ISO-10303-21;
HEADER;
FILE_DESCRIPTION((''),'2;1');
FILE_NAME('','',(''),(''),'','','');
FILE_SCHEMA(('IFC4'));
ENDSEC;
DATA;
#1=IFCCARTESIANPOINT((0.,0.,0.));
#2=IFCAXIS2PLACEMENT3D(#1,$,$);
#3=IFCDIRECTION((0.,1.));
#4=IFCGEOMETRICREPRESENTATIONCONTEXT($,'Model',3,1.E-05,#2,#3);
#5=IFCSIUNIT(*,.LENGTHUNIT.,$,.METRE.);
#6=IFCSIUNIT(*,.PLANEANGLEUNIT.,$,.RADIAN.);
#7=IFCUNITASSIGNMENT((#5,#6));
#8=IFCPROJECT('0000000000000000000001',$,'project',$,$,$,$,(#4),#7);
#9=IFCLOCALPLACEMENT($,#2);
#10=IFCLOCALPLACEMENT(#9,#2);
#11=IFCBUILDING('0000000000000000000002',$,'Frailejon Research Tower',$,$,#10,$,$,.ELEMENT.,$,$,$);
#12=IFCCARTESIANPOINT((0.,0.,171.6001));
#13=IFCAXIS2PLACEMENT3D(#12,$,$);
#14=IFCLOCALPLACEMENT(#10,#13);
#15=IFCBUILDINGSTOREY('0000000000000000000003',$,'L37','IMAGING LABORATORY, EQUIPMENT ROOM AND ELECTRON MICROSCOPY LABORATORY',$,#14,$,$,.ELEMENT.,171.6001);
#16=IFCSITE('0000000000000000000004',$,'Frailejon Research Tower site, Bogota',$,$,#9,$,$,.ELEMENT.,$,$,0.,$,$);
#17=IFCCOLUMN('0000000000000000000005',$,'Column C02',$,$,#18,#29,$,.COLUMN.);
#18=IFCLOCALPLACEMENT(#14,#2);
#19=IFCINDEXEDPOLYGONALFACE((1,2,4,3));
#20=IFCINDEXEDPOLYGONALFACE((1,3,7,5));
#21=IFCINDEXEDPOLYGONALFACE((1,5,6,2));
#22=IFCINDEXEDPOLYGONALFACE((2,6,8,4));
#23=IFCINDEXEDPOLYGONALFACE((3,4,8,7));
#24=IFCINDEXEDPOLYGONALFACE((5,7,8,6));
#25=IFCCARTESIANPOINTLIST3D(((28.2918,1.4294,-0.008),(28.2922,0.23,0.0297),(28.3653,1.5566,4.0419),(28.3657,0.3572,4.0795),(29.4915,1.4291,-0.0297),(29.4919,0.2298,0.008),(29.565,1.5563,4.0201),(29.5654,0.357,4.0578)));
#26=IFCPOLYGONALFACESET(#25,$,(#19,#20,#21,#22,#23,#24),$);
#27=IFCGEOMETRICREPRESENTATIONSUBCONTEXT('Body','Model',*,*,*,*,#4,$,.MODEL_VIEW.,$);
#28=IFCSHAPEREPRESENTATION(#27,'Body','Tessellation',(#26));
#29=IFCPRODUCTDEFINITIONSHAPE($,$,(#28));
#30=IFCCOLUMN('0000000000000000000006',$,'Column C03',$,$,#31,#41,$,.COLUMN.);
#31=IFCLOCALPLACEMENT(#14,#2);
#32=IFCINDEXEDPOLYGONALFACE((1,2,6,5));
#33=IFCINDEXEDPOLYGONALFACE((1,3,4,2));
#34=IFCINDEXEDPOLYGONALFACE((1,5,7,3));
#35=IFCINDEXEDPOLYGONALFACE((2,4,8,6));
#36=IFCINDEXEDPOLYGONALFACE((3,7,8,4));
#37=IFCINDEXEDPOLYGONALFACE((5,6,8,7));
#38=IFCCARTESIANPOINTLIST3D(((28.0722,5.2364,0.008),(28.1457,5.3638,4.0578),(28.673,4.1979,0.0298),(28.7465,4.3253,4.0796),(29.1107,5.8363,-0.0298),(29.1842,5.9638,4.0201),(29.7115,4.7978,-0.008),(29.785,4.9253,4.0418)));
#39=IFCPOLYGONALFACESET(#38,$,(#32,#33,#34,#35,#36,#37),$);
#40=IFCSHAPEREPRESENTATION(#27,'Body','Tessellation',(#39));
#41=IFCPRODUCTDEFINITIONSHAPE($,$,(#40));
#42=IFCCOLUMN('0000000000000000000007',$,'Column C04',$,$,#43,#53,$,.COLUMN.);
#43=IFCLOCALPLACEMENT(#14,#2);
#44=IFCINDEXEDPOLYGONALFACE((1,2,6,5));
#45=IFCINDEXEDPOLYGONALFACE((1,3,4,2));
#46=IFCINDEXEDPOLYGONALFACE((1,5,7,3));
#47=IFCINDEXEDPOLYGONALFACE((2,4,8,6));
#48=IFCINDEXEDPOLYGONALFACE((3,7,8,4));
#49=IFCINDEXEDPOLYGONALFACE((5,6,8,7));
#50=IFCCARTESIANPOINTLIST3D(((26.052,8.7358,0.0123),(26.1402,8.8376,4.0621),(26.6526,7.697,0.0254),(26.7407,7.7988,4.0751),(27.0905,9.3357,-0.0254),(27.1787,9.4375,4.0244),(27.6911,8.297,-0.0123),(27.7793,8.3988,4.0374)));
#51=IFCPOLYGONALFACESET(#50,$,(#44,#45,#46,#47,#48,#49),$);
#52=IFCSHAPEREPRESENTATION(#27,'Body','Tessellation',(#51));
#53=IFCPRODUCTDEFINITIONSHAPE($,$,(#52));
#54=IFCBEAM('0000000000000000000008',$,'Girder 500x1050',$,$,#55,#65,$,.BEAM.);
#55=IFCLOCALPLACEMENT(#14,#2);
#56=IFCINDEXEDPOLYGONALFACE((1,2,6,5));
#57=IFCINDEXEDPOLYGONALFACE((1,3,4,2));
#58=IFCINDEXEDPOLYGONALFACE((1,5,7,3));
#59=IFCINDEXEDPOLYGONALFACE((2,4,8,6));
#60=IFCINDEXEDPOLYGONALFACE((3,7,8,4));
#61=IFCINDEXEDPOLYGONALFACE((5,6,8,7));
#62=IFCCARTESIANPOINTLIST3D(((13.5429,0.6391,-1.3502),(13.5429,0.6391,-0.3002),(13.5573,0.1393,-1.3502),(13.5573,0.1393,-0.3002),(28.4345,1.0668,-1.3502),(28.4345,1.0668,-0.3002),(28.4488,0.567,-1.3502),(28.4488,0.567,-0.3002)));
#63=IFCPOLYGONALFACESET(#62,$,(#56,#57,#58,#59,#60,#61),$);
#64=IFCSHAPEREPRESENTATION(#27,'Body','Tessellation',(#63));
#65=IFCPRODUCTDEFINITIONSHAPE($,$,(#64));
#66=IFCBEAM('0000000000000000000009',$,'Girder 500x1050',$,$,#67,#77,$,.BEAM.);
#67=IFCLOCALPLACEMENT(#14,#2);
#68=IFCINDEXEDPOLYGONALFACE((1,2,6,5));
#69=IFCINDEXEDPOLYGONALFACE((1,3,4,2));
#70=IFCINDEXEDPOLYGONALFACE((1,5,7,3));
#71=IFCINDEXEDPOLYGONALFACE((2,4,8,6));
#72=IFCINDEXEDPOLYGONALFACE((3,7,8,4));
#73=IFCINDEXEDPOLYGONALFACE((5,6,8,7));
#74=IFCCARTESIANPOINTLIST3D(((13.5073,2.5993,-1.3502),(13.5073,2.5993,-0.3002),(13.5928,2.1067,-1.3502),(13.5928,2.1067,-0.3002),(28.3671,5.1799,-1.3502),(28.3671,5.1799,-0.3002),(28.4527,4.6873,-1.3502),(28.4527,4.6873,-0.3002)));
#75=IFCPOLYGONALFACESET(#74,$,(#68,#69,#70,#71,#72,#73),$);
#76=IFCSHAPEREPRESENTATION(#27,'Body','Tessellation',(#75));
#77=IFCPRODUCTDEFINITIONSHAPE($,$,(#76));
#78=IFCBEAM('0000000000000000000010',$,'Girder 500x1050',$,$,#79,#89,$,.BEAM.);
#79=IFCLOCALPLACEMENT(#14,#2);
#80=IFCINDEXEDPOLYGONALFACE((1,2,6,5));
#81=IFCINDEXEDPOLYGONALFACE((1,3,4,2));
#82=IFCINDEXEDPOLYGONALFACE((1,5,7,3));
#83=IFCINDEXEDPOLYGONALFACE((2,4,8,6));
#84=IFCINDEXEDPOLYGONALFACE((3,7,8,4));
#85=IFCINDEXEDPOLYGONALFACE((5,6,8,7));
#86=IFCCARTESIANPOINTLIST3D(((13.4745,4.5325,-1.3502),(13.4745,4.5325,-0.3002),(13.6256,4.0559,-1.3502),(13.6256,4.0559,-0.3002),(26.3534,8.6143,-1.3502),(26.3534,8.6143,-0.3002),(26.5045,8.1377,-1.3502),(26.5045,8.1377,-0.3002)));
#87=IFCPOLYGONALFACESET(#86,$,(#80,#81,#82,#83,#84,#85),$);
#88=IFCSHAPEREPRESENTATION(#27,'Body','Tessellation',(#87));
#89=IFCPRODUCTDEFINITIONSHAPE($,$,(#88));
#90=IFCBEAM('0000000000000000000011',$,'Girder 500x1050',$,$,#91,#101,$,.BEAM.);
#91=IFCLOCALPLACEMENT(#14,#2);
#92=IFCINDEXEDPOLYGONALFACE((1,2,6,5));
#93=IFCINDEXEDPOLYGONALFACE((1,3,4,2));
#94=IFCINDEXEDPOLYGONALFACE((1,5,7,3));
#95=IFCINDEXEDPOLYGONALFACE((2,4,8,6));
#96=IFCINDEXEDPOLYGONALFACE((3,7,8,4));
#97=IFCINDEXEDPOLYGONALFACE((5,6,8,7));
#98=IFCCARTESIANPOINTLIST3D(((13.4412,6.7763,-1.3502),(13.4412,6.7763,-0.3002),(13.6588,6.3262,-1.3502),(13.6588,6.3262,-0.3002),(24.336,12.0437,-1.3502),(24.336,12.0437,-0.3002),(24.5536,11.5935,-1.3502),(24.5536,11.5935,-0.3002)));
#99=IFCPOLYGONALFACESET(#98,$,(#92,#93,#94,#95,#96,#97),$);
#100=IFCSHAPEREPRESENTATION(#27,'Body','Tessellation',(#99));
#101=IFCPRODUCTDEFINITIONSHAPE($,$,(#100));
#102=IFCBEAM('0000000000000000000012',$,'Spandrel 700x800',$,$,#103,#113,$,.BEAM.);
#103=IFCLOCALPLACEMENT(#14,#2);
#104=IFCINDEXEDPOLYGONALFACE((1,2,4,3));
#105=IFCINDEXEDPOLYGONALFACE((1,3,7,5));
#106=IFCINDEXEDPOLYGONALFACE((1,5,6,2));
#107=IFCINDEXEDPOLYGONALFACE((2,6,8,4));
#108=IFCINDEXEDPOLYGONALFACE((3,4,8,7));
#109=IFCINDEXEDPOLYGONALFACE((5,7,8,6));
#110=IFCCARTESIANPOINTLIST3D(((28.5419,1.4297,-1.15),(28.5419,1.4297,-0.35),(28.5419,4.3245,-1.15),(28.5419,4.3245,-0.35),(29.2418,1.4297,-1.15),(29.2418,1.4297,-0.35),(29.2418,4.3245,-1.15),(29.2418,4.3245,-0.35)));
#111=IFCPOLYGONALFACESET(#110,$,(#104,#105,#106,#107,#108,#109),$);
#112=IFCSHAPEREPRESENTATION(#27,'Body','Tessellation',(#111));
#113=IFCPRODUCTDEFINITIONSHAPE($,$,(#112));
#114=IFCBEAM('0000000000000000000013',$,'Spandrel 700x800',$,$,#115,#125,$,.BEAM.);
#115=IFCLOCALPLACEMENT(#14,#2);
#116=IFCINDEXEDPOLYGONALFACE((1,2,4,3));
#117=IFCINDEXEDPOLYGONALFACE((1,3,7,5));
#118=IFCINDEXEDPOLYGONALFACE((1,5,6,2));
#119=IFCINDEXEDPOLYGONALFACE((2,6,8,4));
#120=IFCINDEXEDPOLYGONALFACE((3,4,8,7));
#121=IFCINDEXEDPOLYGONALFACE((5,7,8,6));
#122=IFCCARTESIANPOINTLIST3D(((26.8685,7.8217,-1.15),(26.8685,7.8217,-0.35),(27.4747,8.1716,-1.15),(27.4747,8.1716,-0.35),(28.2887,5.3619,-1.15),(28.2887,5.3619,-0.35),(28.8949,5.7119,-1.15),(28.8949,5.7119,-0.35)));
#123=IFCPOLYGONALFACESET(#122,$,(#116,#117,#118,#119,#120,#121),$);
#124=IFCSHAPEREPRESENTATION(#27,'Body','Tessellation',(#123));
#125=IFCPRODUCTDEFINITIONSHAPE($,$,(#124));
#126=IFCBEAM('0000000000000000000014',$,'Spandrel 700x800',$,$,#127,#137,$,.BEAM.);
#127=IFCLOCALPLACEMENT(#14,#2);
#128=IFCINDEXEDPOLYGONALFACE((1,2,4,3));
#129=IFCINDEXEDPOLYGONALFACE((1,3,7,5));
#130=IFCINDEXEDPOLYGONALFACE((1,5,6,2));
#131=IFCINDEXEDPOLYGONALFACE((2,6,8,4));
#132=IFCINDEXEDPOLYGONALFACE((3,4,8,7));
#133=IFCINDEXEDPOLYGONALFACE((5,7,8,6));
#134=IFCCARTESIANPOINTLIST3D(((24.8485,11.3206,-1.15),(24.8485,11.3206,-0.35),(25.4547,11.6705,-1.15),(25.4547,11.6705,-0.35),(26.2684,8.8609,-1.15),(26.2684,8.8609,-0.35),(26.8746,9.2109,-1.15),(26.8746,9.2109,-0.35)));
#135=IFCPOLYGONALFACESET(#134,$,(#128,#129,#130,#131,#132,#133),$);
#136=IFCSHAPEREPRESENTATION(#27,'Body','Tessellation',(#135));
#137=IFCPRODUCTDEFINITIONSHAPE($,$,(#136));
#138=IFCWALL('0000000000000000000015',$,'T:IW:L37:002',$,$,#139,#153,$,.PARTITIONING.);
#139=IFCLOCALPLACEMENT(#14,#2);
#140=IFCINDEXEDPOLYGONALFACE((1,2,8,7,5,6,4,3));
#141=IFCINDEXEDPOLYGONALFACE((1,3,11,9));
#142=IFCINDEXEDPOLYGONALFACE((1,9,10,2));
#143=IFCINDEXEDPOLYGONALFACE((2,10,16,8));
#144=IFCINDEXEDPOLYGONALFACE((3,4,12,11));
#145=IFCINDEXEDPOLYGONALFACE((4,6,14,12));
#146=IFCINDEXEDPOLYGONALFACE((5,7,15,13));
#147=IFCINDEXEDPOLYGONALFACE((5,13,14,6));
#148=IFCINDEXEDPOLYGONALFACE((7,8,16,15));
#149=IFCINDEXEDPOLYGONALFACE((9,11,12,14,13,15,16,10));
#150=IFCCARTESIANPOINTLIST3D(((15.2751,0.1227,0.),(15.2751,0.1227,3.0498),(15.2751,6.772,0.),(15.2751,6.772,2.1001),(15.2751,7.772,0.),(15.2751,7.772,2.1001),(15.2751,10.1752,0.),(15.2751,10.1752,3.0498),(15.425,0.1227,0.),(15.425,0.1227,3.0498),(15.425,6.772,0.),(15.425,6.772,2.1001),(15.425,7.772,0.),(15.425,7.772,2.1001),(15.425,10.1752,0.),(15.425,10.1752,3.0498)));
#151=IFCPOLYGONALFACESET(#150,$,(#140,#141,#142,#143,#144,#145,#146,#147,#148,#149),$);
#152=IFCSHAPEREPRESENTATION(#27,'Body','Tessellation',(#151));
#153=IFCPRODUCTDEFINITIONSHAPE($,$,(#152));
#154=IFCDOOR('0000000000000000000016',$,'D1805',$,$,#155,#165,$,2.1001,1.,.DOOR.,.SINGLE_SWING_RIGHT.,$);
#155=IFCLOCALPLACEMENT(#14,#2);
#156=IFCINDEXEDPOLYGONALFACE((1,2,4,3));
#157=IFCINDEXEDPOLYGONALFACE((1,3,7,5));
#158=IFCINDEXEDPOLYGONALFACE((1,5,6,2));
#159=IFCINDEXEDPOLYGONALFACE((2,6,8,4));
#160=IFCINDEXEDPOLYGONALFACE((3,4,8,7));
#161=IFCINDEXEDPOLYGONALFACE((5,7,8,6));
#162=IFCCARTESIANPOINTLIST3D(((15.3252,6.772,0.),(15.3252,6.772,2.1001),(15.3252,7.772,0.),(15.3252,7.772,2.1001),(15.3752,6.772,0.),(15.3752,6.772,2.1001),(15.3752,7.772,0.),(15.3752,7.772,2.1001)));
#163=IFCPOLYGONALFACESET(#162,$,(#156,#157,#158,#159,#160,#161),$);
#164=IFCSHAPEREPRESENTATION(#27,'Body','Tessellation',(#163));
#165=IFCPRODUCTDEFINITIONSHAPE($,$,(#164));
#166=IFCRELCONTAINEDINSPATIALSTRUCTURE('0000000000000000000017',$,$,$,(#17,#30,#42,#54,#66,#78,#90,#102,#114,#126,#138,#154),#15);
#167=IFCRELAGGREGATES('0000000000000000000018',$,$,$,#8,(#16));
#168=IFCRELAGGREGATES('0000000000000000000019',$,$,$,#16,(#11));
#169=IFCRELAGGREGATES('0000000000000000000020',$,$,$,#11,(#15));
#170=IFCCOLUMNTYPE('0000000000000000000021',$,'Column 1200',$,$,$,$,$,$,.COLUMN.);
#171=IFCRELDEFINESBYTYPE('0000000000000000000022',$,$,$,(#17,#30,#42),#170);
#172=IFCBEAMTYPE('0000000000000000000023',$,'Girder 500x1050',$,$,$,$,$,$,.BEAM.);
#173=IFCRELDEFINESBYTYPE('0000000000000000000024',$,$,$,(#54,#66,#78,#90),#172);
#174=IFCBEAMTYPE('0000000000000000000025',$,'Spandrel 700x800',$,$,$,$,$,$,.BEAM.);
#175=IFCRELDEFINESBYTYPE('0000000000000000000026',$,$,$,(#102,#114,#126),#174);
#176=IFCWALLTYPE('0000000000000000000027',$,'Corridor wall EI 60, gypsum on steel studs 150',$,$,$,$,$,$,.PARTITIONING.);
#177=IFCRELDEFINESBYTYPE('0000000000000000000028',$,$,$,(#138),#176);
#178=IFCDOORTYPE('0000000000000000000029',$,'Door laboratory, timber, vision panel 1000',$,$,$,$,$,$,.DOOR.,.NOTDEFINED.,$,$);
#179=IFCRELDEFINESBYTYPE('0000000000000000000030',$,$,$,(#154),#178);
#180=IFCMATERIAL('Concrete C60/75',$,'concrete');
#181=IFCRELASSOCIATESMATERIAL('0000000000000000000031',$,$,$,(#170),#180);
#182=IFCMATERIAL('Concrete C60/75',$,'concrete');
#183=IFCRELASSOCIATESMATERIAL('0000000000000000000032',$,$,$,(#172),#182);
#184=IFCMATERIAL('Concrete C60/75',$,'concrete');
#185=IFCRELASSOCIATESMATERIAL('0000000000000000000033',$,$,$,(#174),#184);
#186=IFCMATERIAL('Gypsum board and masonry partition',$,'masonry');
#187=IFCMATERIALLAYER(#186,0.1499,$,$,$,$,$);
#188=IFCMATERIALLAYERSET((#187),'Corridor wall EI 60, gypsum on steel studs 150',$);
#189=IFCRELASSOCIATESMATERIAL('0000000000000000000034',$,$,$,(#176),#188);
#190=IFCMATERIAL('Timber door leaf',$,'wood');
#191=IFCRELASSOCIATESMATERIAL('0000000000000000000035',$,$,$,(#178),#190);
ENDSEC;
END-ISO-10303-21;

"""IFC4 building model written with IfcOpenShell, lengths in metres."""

from ifc_helpers import new_model, si_unit, direction, frame, frame_2d, origin, origin_2d, place, context, subcontext, project, spatial, rectangle, extrude, material, layer, layer_set, material_profile, profile_set, type_object, element, fill, save


model = new_model("IFC4")

# Units and contexts
model_context = context("Model", 3, precision=1e-05, world=origin(), true_north=direction((0.0, 1.0)))
body_context = subcontext(model_context, "Body", "Model", "MODEL_VIEW")
ifc_project = project(units=[si_unit("LENGTHUNIT", "METRE"), si_unit("PLANEANGLEUNIT", "RADIAN")], contexts=[model_context])

# Site, building, storey
site_placement = place(None, origin())
site = spatial("IfcSite", under=ifc_project, at=site_placement, Name="Frailejon Research Tower site, Bogota", CompositionType="ELEMENT", RefElevation=0.0)
building_placement = place(site_placement, origin())
building = spatial("IfcBuilding", under=site, at=building_placement, Name="Frailejon Research Tower", CompositionType="ELEMENT")
storey_placement = place(building_placement, frame((0.0, 0.0, 171.6001)))
storey = spatial("IfcBuildingStorey", under=building, at=storey_placement, Name="L37", Description="IMAGING LABORATORY, EQUIPMENT ROOM AND ELECTRON MICROSCOPY LABORATORY", CompositionType="ELEMENT", Elevation=171.6001)

# Columns
ifc_material_1 = material(Name="Concrete C60/75", Category="concrete")
ifc_material_profile_1 = material_profile(ifc_material_1, rectangle(XDim=1.2, YDim=1.2, at=origin_2d()), Name="Column 1200")
ifc_profile_set_1 = profile_set([ifc_material_profile_1], Name="Concrete C60/75")
column_type = type_object("IfcColumnType", Name="Column 1200", PredefinedType="COLUMN", material=ifc_profile_set_1)
for number, where, z_axis, x_axis, name in (
    (1, (28.8918, 0.8296, 0.0), (0.018134, 0.031388, 0.999343), (-0.000336, 0.999507, -0.031387), "Column C02"),
    (2, (28.8918, 5.0171, 0.0), (0.018134, 0.031448, 0.999341), (-0.500658, 0.865455, -0.01815), "Column C03"),
):
    element("IfcColumn", number, at=place(storey_placement, frame(where, z_axis=z_axis, x_axis=x_axis)), inside=storey, type_object=column_type, Name=name, PredefinedType="COLUMN", context=body_context, shape_type="SweptSolid", body=[
        extrude(rectangle(XDim=1.2, YDim=1.2, at=origin_2d()), origin(), (0.0, 0.0, 1.0), 4.0525),
    ])
column_placement = place(storey_placement, frame((26.8716, 8.5164, 0.0), z_axis=(0.021751, 0.025125, 0.999448), x_axis=(-0.500502, 0.865667, -0.010869)))
element("IfcColumn", 3, at=column_placement, inside=storey, type_object=column_type, Name="Column C04", PredefinedType="COLUMN", context=body_context, shape_type="SweptSolid", body=[
    extrude(rectangle(XDim=1.2, YDim=1.2, at=origin_2d()), origin(), (0.0, 0.0, 1.0), 4.052),
])

# Beams
ifc_material_2 = material(Name="Concrete C60/75", Category="concrete")
ifc_material_profile_2 = material_profile(ifc_material_2, rectangle(XDim=0.5, YDim=1.05, at=origin_2d()), Name="Girder 500x1050")
ifc_profile_set_2 = profile_set([ifc_material_profile_2], Name="Concrete C60/75")
beam_type_1 = type_object("IfcBeamType", Name="Girder 500x1050", PredefinedType="BEAM", material=ifc_profile_set_2)
beam_1_placement = place(storey_placement, frame((28.4417, 0.8169, -0.8252), z_axis=(-0.999588, -0.028711, 0.0), x_axis=(0.028711, -0.999588, 0.0)))
element("IfcBeam", 4, at=beam_1_placement, inside=storey, type_object=beam_type_1, Name="Girder 500x1050", PredefinedType="BEAM", context=body_context, shape_type="SweptSolid", body=[
    extrude(rectangle(XDim=0.5, YDim=1.05, at=origin_2d()), origin(), (0.0, 0.0, 1.0), 14.8977),
])
beam_2_placement = place(storey_placement, frame((28.4099, 4.9336, -0.8252), z_axis=(-0.985254, -0.171099, 0.0), x_axis=(0.171099, -0.985254, 0.0)))
element("IfcBeam", 5, at=beam_2_placement, inside=storey, type_object=beam_type_1, Name="Girder 500x1050", PredefinedType="BEAM", context=body_context, shape_type="SweptSolid", body=[
    extrude(rectangle(XDim=0.5, YDim=1.05, at=origin_2d()), origin(), (0.0, 0.0, 1.0), 15.0823),
])
beam_3_placement = place(storey_placement, frame((26.429, 8.376, -0.8252), z_axis=(-0.953268, -0.302125, 0.0), x_axis=(0.302125, -0.953268, 0.0)))
element("IfcBeam", 6, at=beam_3_placement, inside=storey, type_object=beam_type_1, Name="Girder 500x1050", PredefinedType="BEAM", context=body_context, shape_type="SweptSolid", body=[
    extrude(rectangle(XDim=0.5, YDim=1.05, at=origin_2d()), origin(), (0.0, 0.0, 1.0), 13.5103),
])
beam_4_placement = place(storey_placement, frame((24.4448, 11.8186, -0.8252), z_axis=(-0.9003, -0.435271, 0.0), x_axis=(0.435271, -0.9003, 0.0)))
element("IfcBeam", 7, at=beam_4_placement, inside=storey, type_object=beam_type_1, Name="Girder 500x1050", PredefinedType="BEAM", context=body_context, shape_type="SweptSolid", body=[
    extrude(rectangle(XDim=0.5, YDim=1.05, at=origin_2d()), origin(), (0.0, 0.0, 1.0), 12.1013),
])
ifc_material_3 = material(Name="Concrete C60/75", Category="concrete")
ifc_material_profile_3 = material_profile(ifc_material_3, rectangle(XDim=0.7, YDim=0.8, at=origin_2d()), Name="Spandrel 700x800")
ifc_profile_set_3 = profile_set([ifc_material_profile_3], Name="Concrete C60/75")
beam_type_2 = type_object("IfcBeamType", Name="Spandrel 700x800", PredefinedType="BEAM", material=ifc_profile_set_3)
beam_5_placement = place(storey_placement, frame((28.8918, 1.4297, -0.75), z_axis=(0.0, 1.0, 0.0), x_axis=(-1.0, 0.0, 0.0)))
element("IfcBeam", 8, at=beam_5_placement, inside=storey, type_object=beam_type_2, Name="Spandrel 700x800", PredefinedType="BEAM", context=body_context, shape_type="SweptSolid", body=[
    extrude(rectangle(XDim=0.7, YDim=0.8, at=origin_2d()), origin(), (0.0, 0.0, 1.0), 2.8948),
])
beam_6_placement = place(storey_placement, frame((28.5918, 5.5369, -0.75), z_axis=(-0.500013, 0.866018, 0.0), x_axis=(-0.866018, -0.500013, 0.0)))
element("IfcBeam", 9, at=beam_6_placement, inside=storey, type_object=beam_type_2, Name="Spandrel 700x800", PredefinedType="BEAM", context=body_context, shape_type="SweptSolid", body=[
    extrude(rectangle(XDim=0.7, YDim=0.8, at=origin_2d()), origin(), (0.0, 0.0, 1.0), 2.8403),
])
beam_7_placement = place(storey_placement, frame((26.5715, 9.0359, -0.75), z_axis=(-0.499948, 0.866055, 0.0), x_axis=(-0.866055, -0.499948, 0.0)))
element("IfcBeam", 10, at=beam_7_placement, inside=storey, type_object=beam_type_2, Name="Spandrel 700x800", PredefinedType="BEAM", context=body_context, shape_type="SweptSolid", body=[
    extrude(rectangle(XDim=0.7, YDim=0.8, at=origin_2d()), origin(), (0.0, 0.0, 1.0), 2.8401),
])

# Wall, opening, door
ifc_material_4 = material(Name="Gypsum board and masonry partition", Category="masonry")
ifc_layer_1 = layer(ifc_material_4, 0.1499)
ifc_layer_set_1 = layer_set([ifc_layer_1], Name="Corridor wall EI 60, gypsum on steel studs 150")
wall_type_1 = type_object("IfcWallType", Name="Corridor wall EI 60, gypsum on steel studs 150", PredefinedType="PARTITIONING", material=ifc_layer_set_1)
wall_1_placement = place(storey_placement, frame((15.3501, 0.1226, 0.0), z_axis=(0.0, 0.0, 1.0), x_axis=(0.0, 1.0, 0.0)))
wall_1 = element("IfcWall", 11, at=wall_1_placement, inside=storey, type_object=wall_type_1, Name="T:IW:L37:002", PredefinedType="PARTITIONING", context=body_context, shape_type="SweptSolid", body=[
    extrude(rectangle(XDim=10.0525, YDim=0.1499, at=frame_2d((5.0264, 0.0))), origin(), (0.0, 0.0, 1.0), 3.0498),
])
opening_1_placement = place(wall_1_placement, frame((6.6494, 0.0, 0.0)))
opening_1 = element("IfcOpeningElement", 12, at=opening_1_placement, cuts=wall_1, PredefinedType="OPENING", context=body_context, shape_type="SweptSolid", body=[
    extrude(rectangle(XDim=1.0, YDim=2.1001, at=frame_2d((0.5, 1.05))), frame((0.0, 0.085, 0.0), z_axis=(0.0, -1.0, 0.0), x_axis=(1.0, 0.0, 0.0)), (0.0, 0.0, 1.0), 0.1699),
])
ifc_material_5 = material(Name="Timber door leaf", Category="wood")
door_type_1 = type_object("IfcDoorType", Name="Door laboratory, timber, vision panel 1000", OperationType="NOTDEFINED", PredefinedType="DOOR", material=ifc_material_5)
door_1_placement = place(opening_1_placement, origin())
door_1 = element("IfcDoor", 13, at=door_1_placement, inside=storey, type_object=door_type_1, Name="D1805", OperationType="SINGLE_SWING_RIGHT", OverallHeight=2.1001, OverallWidth=1.0, PredefinedType="DOOR", context=body_context, shape_type="SweptSolid", body=[
    extrude(rectangle(XDim=1.0, YDim=2.1001, at=frame_2d((0.5, 1.05))), frame((0.0, 0.0249, 0.0), z_axis=(0.0, -1.0, 0.0), x_axis=(1.0, 0.0, 0.0)), (0.0, 0.0, 1.0), 0.05),
])
fill(opening_1, door_1)

save(model, "model.ifc")
